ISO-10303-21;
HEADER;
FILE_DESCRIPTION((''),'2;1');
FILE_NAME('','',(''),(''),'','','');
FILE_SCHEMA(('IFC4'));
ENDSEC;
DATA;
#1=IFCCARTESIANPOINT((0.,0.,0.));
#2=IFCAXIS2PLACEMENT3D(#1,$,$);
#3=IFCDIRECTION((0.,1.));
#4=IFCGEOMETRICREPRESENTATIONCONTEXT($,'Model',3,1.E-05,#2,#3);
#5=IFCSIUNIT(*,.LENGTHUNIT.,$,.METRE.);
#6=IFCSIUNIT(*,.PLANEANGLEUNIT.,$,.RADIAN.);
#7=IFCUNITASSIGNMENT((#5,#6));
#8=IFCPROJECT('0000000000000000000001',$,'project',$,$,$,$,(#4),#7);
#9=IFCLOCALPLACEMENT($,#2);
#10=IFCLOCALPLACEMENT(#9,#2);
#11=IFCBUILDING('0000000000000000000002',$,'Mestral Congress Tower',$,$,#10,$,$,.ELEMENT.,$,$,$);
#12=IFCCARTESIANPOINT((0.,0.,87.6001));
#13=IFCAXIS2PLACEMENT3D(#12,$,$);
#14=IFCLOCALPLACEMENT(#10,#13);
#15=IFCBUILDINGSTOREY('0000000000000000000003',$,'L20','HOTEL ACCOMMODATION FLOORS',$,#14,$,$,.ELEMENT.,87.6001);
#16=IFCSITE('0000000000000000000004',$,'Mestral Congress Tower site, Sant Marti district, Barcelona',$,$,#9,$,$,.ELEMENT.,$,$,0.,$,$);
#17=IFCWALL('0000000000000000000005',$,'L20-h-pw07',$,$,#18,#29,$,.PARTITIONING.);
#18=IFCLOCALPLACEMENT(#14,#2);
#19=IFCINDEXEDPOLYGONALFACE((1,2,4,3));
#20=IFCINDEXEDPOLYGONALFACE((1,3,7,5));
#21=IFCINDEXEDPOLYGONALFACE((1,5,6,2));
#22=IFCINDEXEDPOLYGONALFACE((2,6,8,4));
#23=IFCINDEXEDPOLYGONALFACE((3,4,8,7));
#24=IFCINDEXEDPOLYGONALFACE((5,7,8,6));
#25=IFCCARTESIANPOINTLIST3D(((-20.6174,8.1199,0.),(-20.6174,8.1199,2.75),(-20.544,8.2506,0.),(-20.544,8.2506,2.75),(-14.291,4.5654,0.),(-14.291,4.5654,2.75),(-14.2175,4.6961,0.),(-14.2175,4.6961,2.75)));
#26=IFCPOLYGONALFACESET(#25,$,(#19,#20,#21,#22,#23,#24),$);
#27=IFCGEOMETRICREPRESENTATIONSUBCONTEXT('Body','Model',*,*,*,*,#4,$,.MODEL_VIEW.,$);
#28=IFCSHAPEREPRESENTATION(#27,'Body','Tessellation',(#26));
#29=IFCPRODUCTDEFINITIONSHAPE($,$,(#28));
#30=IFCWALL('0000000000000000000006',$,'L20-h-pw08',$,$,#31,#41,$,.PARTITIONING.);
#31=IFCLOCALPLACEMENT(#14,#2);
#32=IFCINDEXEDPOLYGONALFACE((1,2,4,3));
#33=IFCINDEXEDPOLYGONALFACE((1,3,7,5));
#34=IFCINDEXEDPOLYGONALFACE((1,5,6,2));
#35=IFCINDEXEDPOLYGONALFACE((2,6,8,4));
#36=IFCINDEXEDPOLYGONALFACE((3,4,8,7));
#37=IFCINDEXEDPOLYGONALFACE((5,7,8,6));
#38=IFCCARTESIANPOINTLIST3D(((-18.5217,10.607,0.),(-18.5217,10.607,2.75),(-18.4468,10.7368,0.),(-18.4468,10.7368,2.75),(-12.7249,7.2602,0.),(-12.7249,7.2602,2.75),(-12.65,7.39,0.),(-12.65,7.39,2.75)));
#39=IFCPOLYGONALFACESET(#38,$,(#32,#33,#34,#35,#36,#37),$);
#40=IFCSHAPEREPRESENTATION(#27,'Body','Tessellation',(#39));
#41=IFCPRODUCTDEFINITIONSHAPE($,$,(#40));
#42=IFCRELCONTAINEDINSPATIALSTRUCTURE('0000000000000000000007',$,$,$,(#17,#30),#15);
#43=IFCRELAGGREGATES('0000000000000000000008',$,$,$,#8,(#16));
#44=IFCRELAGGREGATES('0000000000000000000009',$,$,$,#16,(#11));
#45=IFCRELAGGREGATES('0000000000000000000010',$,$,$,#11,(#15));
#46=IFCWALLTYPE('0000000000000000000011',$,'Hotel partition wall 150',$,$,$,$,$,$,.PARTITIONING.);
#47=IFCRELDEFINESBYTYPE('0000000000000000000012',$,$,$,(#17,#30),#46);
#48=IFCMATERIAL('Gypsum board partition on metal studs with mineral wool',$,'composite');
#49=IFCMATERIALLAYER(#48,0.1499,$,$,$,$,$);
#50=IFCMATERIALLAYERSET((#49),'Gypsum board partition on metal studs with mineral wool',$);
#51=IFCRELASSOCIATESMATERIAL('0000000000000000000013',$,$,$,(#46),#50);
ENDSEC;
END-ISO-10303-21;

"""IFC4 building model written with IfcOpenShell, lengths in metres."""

from ifc_helpers import new_model, si_unit, direction, frame, frame_2d, origin, place, context, subcontext, project, spatial, rectangle, extrude, material, layer, layer_set, type_object, element, save


model = new_model("IFC4")

# Units and contexts
model_context = context("Model", 3, precision=1e-05, world=origin(), true_north=direction((0.0, 1.0)))
body_context = subcontext(model_context, "Body", "Model", "MODEL_VIEW")
ifc_project = project(units=[si_unit("LENGTHUNIT", "METRE"), si_unit("PLANEANGLEUNIT", "RADIAN")], contexts=[model_context])

# Site, building, storey
site_placement = place(None, origin())
site = spatial("IfcSite", under=ifc_project, at=site_placement, Name="Mestral Congress Tower site, Sant Marti district, Barcelona", CompositionType="ELEMENT", RefElevation=0.0)
building_placement = place(site_placement, origin())
building = spatial("IfcBuilding", under=site, at=building_placement, Name="Mestral Congress Tower", CompositionType="ELEMENT")
storey_placement = place(building_placement, frame((0.0, 0.0, 87.6001)))
storey = spatial("IfcBuildingStorey", under=building, at=storey_placement, Name="L20", Description="HOTEL ACCOMMODATION FLOORS", CompositionType="ELEMENT", Elevation=87.6001)

# Walls
ifc_material_1 = material(Name="Gypsum board partition on metal studs with mineral wool", Category="composite")
ifc_layer_1 = layer(ifc_material_1, 0.1499)
ifc_layer_set_1 = layer_set([ifc_layer_1], Name="Gypsum board partition on metal studs with mineral wool")
wall_type_1 = type_object("IfcWallType", Name="Hotel partition wall 150", PredefinedType="PARTITIONING", material=ifc_layer_set_1)
wall_1_placement = place(storey_placement, frame((-20.5808, 8.1853, 0.0), z_axis=(0.0, 0.0, 1.0), x_axis=(0.871821, -0.489825, 0.0)))
element("IfcWall", 1, at=wall_1_placement, inside=storey, type_object=wall_type_1, Name="L20-h-pw07", PredefinedType="PARTITIONING", context=body_context, shape_type="SweptSolid", body=[
    extrude(rectangle(XDim=7.2566, YDim=0.1499, at=frame_2d((3.6284, 0.0))), origin(), (0.0, 0.0, 1.0), 2.75),
])
wall_2_placement = place(storey_placement, frame((-18.4841, 10.6719, 0.0), z_axis=(0.0, 0.0, 1.0), x_axis=(0.866019, -0.500011, 0.0)))
element("IfcWall", 2, at=wall_2_placement, inside=storey, type_object=wall_type_1, Name="L20-h-pw08", PredefinedType="PARTITIONING", context=body_context, shape_type="SweptSolid", body=[
    extrude(rectangle(XDim=6.6936, YDim=0.1499, at=frame_2d((3.3467, 0.0))), origin(), (0.0, 0.0, 1.0), 2.75),
])

save(model, "model.ifc")
